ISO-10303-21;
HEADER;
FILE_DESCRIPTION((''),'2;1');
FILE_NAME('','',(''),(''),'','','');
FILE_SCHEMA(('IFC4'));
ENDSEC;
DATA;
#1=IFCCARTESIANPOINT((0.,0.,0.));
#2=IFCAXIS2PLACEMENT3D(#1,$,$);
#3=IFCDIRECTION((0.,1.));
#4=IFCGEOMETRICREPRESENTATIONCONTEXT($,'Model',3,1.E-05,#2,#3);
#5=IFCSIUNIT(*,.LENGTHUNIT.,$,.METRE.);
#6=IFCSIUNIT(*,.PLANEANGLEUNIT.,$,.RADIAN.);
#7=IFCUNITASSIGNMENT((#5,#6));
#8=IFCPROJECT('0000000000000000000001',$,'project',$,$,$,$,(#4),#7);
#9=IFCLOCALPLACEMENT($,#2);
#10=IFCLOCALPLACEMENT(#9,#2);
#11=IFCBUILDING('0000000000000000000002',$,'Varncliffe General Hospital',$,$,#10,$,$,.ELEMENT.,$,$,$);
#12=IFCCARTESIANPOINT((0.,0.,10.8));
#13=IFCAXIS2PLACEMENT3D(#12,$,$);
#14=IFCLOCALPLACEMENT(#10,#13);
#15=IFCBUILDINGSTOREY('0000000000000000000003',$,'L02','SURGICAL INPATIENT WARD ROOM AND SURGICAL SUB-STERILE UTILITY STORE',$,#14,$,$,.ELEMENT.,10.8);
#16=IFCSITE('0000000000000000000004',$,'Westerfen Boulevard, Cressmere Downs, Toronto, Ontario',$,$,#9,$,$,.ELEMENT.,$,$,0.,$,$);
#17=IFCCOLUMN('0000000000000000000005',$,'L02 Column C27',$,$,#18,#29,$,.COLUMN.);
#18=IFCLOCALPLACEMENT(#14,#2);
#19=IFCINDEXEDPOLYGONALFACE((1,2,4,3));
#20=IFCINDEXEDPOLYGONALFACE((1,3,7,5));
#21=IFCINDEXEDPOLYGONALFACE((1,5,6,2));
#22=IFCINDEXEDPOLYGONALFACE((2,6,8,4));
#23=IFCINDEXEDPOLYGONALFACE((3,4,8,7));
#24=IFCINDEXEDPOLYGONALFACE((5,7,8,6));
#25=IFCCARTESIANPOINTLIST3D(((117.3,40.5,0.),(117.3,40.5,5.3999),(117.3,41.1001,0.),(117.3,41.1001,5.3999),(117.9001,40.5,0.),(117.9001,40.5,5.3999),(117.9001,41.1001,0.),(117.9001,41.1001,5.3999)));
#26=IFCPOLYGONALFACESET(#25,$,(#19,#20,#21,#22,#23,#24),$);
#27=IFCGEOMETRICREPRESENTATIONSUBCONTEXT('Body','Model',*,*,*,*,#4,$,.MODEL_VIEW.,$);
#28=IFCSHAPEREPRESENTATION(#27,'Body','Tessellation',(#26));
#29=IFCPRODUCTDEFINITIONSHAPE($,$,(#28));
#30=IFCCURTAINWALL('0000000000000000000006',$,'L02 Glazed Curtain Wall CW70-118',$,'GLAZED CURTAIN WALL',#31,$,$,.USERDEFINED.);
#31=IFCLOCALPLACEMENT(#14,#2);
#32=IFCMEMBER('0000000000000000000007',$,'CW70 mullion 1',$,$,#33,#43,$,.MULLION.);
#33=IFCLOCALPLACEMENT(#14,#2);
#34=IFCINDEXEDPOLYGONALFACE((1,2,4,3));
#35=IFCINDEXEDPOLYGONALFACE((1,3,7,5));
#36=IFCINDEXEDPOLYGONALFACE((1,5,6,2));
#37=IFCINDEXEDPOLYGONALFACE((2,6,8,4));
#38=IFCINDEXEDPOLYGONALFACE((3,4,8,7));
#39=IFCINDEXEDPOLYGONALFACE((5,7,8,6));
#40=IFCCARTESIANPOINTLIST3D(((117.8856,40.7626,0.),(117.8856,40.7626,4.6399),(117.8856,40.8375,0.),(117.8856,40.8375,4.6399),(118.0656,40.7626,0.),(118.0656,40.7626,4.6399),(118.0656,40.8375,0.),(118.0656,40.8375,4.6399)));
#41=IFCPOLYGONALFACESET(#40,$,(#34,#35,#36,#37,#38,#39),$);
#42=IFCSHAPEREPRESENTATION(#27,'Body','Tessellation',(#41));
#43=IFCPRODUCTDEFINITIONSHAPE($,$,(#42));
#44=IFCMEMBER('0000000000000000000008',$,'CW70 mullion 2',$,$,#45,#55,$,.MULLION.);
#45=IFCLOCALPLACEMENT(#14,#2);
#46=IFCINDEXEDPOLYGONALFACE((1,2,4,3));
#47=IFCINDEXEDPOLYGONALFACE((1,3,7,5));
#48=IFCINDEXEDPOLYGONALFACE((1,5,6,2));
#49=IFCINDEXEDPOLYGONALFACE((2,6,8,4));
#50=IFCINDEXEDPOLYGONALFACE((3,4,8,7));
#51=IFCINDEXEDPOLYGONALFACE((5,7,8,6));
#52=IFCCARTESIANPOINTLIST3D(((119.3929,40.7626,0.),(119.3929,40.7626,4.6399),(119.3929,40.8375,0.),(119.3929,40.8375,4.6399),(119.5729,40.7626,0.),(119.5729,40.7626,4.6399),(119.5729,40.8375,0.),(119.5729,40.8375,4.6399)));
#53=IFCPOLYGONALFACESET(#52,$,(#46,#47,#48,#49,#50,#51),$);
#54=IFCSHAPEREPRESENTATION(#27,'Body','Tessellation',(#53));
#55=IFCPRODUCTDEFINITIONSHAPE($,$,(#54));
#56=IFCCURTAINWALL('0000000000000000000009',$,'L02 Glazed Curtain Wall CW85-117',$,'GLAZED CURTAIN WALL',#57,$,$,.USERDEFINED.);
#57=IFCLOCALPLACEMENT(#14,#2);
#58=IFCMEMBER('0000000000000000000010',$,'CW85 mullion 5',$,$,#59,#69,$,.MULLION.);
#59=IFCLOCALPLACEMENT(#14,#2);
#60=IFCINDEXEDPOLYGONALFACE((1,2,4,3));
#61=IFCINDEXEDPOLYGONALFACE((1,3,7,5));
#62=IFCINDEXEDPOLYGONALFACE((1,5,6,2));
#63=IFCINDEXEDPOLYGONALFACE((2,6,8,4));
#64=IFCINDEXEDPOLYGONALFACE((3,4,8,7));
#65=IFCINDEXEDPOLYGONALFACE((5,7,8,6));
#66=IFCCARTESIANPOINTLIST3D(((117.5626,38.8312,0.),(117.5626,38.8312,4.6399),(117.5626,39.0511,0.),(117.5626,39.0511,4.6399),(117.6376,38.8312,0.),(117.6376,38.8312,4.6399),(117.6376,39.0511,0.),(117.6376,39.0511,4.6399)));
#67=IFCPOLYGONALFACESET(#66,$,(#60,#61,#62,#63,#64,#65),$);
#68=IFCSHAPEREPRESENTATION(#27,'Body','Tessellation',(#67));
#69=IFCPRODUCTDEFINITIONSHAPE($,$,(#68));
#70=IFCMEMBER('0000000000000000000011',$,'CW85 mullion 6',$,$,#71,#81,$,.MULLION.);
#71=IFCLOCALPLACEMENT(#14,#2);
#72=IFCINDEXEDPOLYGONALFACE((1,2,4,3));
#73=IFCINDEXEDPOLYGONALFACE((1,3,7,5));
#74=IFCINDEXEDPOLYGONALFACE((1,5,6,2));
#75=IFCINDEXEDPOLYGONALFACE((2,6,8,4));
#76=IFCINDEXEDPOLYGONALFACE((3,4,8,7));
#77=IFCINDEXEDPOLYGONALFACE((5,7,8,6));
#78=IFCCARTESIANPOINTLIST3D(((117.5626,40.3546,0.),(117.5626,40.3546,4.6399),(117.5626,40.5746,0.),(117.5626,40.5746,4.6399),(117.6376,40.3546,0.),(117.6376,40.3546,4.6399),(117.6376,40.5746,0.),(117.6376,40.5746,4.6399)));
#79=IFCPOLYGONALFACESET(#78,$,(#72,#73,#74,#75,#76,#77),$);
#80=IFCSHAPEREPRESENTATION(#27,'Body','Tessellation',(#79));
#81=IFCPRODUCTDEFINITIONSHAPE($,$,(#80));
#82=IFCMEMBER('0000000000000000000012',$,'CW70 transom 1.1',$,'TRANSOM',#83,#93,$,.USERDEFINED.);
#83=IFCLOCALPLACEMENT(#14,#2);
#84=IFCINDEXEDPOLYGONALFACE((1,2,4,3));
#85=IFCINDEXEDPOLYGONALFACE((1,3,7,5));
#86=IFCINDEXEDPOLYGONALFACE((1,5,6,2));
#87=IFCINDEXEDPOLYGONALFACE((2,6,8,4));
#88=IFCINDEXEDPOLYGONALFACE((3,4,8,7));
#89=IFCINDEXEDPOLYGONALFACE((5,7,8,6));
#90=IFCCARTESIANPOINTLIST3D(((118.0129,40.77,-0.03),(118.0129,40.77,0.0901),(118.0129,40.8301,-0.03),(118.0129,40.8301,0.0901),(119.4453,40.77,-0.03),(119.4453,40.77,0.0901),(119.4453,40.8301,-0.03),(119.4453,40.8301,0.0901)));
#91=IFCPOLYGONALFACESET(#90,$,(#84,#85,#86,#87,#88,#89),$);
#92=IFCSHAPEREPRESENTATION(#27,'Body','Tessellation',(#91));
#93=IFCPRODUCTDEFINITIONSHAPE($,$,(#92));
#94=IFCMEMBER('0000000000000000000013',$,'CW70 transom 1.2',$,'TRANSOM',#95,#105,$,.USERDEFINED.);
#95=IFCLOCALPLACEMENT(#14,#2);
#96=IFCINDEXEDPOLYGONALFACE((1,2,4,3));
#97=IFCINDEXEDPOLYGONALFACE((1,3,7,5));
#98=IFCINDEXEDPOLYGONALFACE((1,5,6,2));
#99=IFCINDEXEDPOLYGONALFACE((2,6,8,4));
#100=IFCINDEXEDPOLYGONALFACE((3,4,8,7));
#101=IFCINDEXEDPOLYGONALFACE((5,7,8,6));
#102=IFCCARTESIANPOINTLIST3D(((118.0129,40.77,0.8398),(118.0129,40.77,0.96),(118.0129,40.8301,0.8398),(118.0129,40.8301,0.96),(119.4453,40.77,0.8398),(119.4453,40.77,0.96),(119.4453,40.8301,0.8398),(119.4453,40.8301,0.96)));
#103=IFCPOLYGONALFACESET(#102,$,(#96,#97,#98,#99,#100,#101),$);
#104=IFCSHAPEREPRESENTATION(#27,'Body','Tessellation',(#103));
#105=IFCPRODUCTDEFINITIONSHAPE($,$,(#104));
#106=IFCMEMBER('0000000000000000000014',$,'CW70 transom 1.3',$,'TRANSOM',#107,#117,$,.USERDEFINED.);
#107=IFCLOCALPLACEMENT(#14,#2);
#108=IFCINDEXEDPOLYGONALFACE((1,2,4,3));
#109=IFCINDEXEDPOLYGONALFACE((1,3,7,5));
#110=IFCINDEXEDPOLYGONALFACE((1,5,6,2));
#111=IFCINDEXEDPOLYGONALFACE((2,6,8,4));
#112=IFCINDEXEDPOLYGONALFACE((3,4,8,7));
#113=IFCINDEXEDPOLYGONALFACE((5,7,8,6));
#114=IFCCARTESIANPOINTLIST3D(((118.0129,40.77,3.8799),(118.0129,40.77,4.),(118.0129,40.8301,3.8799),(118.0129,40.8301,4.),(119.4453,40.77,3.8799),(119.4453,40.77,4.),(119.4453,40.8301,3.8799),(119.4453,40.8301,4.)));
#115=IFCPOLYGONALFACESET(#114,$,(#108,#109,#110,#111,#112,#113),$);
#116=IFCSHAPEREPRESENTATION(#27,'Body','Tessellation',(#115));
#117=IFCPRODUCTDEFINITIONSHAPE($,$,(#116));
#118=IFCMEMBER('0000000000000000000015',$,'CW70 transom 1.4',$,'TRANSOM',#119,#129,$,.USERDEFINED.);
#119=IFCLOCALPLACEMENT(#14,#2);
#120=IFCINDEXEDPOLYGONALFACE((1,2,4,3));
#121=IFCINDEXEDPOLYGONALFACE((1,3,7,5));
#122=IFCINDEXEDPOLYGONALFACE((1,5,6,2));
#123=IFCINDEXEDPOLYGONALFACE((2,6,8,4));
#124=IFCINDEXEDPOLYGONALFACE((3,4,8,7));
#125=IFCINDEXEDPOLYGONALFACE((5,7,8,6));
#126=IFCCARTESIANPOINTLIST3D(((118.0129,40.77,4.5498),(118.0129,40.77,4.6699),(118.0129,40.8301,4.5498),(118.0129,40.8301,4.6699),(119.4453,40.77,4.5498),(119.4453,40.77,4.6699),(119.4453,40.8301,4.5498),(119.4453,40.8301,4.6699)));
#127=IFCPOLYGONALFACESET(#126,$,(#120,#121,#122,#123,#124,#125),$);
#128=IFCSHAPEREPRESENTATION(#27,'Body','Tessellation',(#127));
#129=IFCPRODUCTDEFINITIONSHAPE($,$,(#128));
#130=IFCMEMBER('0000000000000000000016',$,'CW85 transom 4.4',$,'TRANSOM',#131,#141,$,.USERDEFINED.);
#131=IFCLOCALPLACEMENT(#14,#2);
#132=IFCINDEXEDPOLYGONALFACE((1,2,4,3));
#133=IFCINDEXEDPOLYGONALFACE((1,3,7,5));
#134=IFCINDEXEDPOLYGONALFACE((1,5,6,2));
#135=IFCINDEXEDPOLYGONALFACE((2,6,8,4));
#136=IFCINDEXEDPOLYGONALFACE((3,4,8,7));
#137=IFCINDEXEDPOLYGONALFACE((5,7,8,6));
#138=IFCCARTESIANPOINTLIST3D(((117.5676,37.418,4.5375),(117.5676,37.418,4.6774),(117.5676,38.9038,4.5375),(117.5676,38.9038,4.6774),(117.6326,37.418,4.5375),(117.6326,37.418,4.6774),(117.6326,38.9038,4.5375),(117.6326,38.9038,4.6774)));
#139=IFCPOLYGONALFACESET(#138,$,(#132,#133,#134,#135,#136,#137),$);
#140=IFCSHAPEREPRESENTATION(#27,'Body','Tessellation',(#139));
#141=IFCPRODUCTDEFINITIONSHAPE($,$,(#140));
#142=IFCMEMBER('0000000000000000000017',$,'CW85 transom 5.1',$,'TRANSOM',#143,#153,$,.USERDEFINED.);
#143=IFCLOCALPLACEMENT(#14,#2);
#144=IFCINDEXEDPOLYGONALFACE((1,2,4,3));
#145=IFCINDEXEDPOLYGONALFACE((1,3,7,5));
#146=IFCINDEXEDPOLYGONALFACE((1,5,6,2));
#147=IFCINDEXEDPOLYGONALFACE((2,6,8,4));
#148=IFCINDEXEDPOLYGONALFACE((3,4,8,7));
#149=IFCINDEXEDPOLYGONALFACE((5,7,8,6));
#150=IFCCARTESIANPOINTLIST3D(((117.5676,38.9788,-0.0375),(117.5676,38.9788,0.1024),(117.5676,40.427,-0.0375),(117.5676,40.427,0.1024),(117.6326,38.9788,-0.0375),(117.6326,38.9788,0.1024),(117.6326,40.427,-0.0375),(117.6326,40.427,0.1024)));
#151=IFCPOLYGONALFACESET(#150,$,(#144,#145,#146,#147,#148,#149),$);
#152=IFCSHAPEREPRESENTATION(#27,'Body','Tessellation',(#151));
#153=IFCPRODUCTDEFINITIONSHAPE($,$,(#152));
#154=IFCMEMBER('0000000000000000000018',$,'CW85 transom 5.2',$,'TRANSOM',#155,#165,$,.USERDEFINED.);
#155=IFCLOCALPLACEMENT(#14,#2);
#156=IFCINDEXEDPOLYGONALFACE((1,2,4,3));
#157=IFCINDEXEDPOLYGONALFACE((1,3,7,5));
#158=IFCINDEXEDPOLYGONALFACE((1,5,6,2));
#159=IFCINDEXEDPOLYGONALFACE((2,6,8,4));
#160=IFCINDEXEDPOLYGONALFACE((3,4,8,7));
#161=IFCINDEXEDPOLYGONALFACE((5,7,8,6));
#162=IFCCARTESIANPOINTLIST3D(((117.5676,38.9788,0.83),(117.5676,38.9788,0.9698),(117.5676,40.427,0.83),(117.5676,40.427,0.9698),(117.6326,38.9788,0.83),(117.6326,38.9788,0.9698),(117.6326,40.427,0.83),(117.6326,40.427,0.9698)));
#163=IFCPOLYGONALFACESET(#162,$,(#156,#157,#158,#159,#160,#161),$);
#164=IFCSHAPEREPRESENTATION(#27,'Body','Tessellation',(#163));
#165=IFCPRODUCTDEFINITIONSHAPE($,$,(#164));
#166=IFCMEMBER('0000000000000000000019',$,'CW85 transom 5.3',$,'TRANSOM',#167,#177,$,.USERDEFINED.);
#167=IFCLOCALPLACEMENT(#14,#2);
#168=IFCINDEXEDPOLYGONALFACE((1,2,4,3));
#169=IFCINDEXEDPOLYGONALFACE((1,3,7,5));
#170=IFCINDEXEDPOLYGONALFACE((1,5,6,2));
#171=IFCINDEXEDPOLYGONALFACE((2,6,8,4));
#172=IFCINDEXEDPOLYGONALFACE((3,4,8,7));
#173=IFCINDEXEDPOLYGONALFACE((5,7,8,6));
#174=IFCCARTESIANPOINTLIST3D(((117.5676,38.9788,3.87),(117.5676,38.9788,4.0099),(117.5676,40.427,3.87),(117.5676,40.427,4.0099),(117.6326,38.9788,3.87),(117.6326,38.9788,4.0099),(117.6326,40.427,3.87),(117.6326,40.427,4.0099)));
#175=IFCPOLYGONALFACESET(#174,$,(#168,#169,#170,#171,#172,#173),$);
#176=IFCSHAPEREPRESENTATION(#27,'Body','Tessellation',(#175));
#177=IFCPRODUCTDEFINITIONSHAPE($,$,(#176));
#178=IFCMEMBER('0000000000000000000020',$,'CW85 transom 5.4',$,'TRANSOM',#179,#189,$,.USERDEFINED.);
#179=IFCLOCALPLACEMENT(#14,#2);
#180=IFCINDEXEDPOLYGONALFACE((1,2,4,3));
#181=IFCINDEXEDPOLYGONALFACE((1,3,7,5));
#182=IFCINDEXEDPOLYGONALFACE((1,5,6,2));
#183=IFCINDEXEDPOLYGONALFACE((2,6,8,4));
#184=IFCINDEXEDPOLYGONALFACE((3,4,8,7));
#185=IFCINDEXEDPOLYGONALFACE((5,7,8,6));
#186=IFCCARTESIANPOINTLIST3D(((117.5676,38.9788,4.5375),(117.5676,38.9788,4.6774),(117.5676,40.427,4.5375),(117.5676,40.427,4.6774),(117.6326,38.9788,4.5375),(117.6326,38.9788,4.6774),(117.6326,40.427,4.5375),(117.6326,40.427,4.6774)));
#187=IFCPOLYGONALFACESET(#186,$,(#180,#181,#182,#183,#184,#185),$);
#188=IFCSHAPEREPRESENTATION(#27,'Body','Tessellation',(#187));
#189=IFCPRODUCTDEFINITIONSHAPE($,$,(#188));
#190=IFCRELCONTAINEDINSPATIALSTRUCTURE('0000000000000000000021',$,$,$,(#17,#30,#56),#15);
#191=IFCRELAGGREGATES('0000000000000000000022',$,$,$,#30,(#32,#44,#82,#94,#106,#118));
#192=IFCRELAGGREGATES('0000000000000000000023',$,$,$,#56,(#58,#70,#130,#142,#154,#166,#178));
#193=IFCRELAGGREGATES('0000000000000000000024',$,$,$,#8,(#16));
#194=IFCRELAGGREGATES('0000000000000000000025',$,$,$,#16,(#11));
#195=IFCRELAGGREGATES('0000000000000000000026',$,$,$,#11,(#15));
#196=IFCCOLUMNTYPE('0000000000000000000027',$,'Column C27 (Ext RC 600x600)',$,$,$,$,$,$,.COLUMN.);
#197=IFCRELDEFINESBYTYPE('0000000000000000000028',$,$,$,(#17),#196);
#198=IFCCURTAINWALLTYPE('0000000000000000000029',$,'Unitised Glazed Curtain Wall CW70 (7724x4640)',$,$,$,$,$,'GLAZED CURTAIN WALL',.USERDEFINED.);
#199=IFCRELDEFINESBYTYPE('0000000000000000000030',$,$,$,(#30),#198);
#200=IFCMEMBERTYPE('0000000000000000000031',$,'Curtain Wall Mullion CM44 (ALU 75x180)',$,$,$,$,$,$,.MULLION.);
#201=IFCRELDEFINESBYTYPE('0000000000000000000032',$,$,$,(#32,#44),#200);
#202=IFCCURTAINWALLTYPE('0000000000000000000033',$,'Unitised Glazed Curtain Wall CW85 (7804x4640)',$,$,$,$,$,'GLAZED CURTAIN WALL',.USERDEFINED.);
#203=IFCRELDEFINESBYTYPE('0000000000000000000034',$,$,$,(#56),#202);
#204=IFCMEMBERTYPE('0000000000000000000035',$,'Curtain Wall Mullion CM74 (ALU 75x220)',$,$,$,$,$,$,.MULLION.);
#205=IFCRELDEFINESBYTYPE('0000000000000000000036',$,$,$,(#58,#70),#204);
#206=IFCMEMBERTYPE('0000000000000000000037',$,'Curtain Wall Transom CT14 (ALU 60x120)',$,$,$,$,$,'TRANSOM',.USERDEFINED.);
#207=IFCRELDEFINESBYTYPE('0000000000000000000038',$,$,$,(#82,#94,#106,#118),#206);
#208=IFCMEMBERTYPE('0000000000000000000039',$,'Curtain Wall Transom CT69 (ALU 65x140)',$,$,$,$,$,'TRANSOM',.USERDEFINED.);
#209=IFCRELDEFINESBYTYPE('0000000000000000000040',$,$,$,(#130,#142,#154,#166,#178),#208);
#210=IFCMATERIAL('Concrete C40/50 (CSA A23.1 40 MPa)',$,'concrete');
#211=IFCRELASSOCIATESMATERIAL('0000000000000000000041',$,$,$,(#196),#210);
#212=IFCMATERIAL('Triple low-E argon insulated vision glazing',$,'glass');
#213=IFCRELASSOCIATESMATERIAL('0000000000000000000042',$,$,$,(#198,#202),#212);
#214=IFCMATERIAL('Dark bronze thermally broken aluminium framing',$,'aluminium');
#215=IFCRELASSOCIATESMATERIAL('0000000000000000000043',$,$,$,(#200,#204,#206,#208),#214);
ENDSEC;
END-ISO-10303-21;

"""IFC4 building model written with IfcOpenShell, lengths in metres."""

from ifc_helpers import new_model, si_unit, direction, frame, origin, origin_2d, place, context, subcontext, project, spatial, rectangle, extrude, material, material_profile, profile_set, type_object, element, aggregate, save


model = new_model("IFC4")

# Units and contexts
model_context = context("Model", 3, precision=1e-05, world=origin(), true_north=direction((0.0, 1.0)))
body_context = subcontext(model_context, "Body", "Model", "MODEL_VIEW")
ifc_project = project(units=[si_unit("LENGTHUNIT", "METRE"), si_unit("PLANEANGLEUNIT", "RADIAN")], contexts=[model_context])

# Site, building, storey
site_placement = place(None, origin())
site = spatial("IfcSite", under=ifc_project, at=site_placement, Name="Westerfen Boulevard, Cressmere Downs, Toronto, Ontario", CompositionType="ELEMENT", RefElevation=0.0)
building_placement = place(site_placement, origin())
building = spatial("IfcBuilding", under=site, at=building_placement, Name="Varncliffe General Hospital", CompositionType="ELEMENT")
storey_placement = place(building_placement, frame((0.0, 0.0, 10.8)))
storey = spatial("IfcBuildingStorey", under=building, at=storey_placement, Name="L02", Description="SURGICAL INPATIENT WARD ROOM AND SURGICAL SUB-STERILE UTILITY STORE", CompositionType="ELEMENT", Elevation=10.8)

# Column
ifc_material_1 = material(Name="Concrete C40/50 (CSA A23.1 40 MPa)", Category="concrete")
ifc_material_profile_1 = material_profile(ifc_material_1, rectangle(XDim=0.6001, YDim=0.6001, at=origin_2d()), Name="RC 600x600")
ifc_profile_set_1 = profile_set([ifc_material_profile_1], Name="Concrete C40/50 (CSA A23.1 40 MPa)")
column_type = type_object("IfcColumnType", Name="Column C27 (Ext RC 600x600)", PredefinedType="COLUMN", material=ifc_profile_set_1)
column_placement = place(storey_placement, frame((117.6001, 40.8, 0.0), z_axis=(0.0, 0.0, 1.0), x_axis=(1.0, 0.0, 0.0)))
element("IfcColumn", 1, at=column_placement, inside=storey, type_object=column_type, Name="L02 Column C27", PredefinedType="COLUMN", context=body_context, shape_type="SweptSolid", body=[
    extrude(rectangle(XDim=0.6001, YDim=0.6001, at=origin_2d()), origin(), (0.0, 0.0, 1.0), 5.3999),
])

# Curtain walls, members
ifc_material_2 = material(Name="Triple low-E argon insulated vision glazing", Category="glass")
curtain_wall_type_1 = type_object("IfcCurtainWallType", Name="Unitised Glazed Curtain Wall CW70 (7724x4640)", ElementType="GLAZED CURTAIN WALL", PredefinedType="USERDEFINED", material=ifc_material_2)
curtain_wall_1_placement = place(storey_placement, origin())
curtain_wall_1 = element("IfcCurtainWall", 2, at=curtain_wall_1_placement, inside=storey, type_object=curtain_wall_type_1, Name="L02 Glazed Curtain Wall CW70-118", ObjectType="GLAZED CURTAIN WALL", PredefinedType="USERDEFINED")
ifc_material_3 = material(Name="Dark bronze thermally broken aluminium framing", Category="aluminium")
ifc_material_profile_2 = material_profile(ifc_material_3, rectangle(XDim=0.075, YDim=0.1799, at=origin_2d()), Name="ALU 75x180")
ifc_profile_set_2 = profile_set([ifc_material_profile_2], Name="Dark bronze thermally broken aluminium framing")
member_type_1 = type_object("IfcMemberType", Name="Curtain Wall Mullion CM44 (ALU 75x180)", PredefinedType="MULLION", material=ifc_profile_set_2)
member_1_placement = place(storey_placement, frame((117.9756, 40.8, 0.0), z_axis=(0.0, 0.0, 1.0), x_axis=(0.0, 1.0, 0.0)))
member_1 = element("IfcMember", 3, at=member_1_placement, type_object=member_type_1, Name="CW70 mullion 1", PredefinedType="MULLION", context=body_context, shape_type="SweptSolid", body=[
    extrude(rectangle(XDim=0.075, YDim=0.1799, at=origin_2d()), origin(), (0.0, 0.0, 1.0), 4.6399),
])
member_2_placement = place(storey_placement, frame((119.4829, 40.8, 0.0), z_axis=(0.0, 0.0, 1.0), x_axis=(0.0, 1.0, 0.0)))
member_2 = element("IfcMember", 4, at=member_2_placement, type_object=member_type_1, Name="CW70 mullion 2", PredefinedType="MULLION", context=body_context, shape_type="SweptSolid", body=[
    extrude(rectangle(XDim=0.075, YDim=0.1799, at=origin_2d()), origin(), (0.0, 0.0, 1.0), 4.6399),
])
curtain_wall_type_2 = type_object("IfcCurtainWallType", Name="Unitised Glazed Curtain Wall CW85 (7804x4640)", ElementType="GLAZED CURTAIN WALL", PredefinedType="USERDEFINED", material=ifc_material_2)
curtain_wall_2_placement = place(storey_placement, origin())
curtain_wall_2 = element("IfcCurtainWall", 5, at=curtain_wall_2_placement, inside=storey, type_object=curtain_wall_type_2, Name="L02 Glazed Curtain Wall CW85-117", ObjectType="GLAZED CURTAIN WALL", PredefinedType="USERDEFINED")
ifc_material_profile_3 = material_profile(ifc_material_3, rectangle(XDim=0.075, YDim=0.22, at=origin_2d()), Name="ALU 75x220")
ifc_profile_set_3 = profile_set([ifc_material_profile_3], Name="Dark bronze thermally broken aluminium framing")
member_type_2 = type_object("IfcMemberType", Name="Curtain Wall Mullion CM74 (ALU 75x220)", PredefinedType="MULLION", material=ifc_profile_set_3)
member_3_placement = place(storey_placement, frame((117.6001, 38.9412, 0.0), z_axis=(0.0, 0.0, 1.0), x_axis=(-1.0, 0.0, 0.0)))
member_3 = element("IfcMember", 6, at=member_3_placement, type_object=member_type_2, Name="CW85 mullion 5", PredefinedType="MULLION", context=body_context, shape_type="SweptSolid", body=[
    extrude(rectangle(XDim=0.075, YDim=0.22, at=origin_2d()), origin(), (0.0, 0.0, 1.0), 4.6399),
])
member_4_placement = place(storey_placement, frame((117.6001, 40.4646, 0.0), z_axis=(0.0, 0.0, 1.0), x_axis=(-1.0, 0.0, 0.0)))
member_4 = element("IfcMember", 7, at=member_4_placement, type_object=member_type_2, Name="CW85 mullion 6", PredefinedType="MULLION", context=body_context, shape_type="SweptSolid", body=[
    extrude(rectangle(XDim=0.075, YDim=0.22, at=origin_2d()), origin(), (0.0, 0.0, 1.0), 4.6399),
])

# Members
ifc_material_profile_4 = material_profile(ifc_material_3, rectangle(XDim=0.0601, YDim=0.1201, at=origin_2d()), Name="ALU 60x120")
ifc_profile_set_4 = profile_set([ifc_material_profile_4], Name="Dark bronze thermally broken aluminium framing")
member_type_3 = type_object("IfcMemberType", Name="Curtain Wall Transom CT14 (ALU 60x120)", ElementType="TRANSOM", PredefinedType="USERDEFINED", material=ifc_profile_set_4)
member_5_placement = place(storey_placement, frame((118.0129, 40.8, 0.03), z_axis=(1.0, 0.0, 0.0), x_axis=(0.0, 1.0, 0.0)))
member_5 = element("IfcMember", 8, at=member_5_placement, type_object=member_type_3, Name="CW70 transom 1.1", ObjectType="TRANSOM", PredefinedType="USERDEFINED", context=body_context, shape_type="SweptSolid", body=[
    extrude(rectangle(XDim=0.0601, YDim=0.1201, at=origin_2d()), origin(), (0.0, 0.0, 1.0), 1.4324),
])
member_6_placement = place(storey_placement, frame((118.0129, 40.8, 0.8999), z_axis=(1.0, 0.0, 0.0), x_axis=(0.0, 1.0, 0.0)))
member_6 = element("IfcMember", 9, at=member_6_placement, type_object=member_type_3, Name="CW70 transom 1.2", ObjectType="TRANSOM", PredefinedType="USERDEFINED", context=body_context, shape_type="SweptSolid", body=[
    extrude(rectangle(XDim=0.0601, YDim=0.1201, at=origin_2d()), origin(), (0.0, 0.0, 1.0), 1.4324),
])
member_7_placement = place(storey_placement, frame((118.0129, 40.8, 3.9399), z_axis=(1.0, 0.0, 0.0), x_axis=(0.0, 1.0, 0.0)))
member_7 = element("IfcMember", 10, at=member_7_placement, type_object=member_type_3, Name="CW70 transom 1.3", ObjectType="TRANSOM", PredefinedType="USERDEFINED", context=body_context, shape_type="SweptSolid", body=[
    extrude(rectangle(XDim=0.0601, YDim=0.1201, at=origin_2d()), origin(), (0.0, 0.0, 1.0), 1.4324),
])
member_8_placement = place(storey_placement, frame((118.0129, 40.8, 4.6099), z_axis=(1.0, 0.0, 0.0), x_axis=(0.0, 1.0, 0.0)))
member_8 = element("IfcMember", 11, at=member_8_placement, type_object=member_type_3, Name="CW70 transom 1.4", ObjectType="TRANSOM", PredefinedType="USERDEFINED", context=body_context, shape_type="SweptSolid", body=[
    extrude(rectangle(XDim=0.0601, YDim=0.1201, at=origin_2d()), origin(), (0.0, 0.0, 1.0), 1.4324),
])
ifc_material_profile_5 = material_profile(ifc_material_3, rectangle(XDim=0.0649, YDim=0.1399, at=origin_2d()), Name="ALU 65x140")
ifc_profile_set_5 = profile_set([ifc_material_profile_5], Name="Dark bronze thermally broken aluminium framing")
member_type_4 = type_object("IfcMemberType", Name="Curtain Wall Transom CT69 (ALU 65x140)", ElementType="TRANSOM", PredefinedType="USERDEFINED", material=ifc_profile_set_5)
member_9_placement = place(storey_placement, frame((117.6001, 37.418, 4.6074), z_axis=(0.0, 1.0, 0.0), x_axis=(-1.0, 0.0, 0.0)))
member_9 = element("IfcMember", 12, at=member_9_placement, type_object=member_type_4, Name="CW85 transom 4.4", ObjectType="TRANSOM", PredefinedType="USERDEFINED", context=body_context, shape_type="SweptSolid", body=[
    extrude(rectangle(XDim=0.0649, YDim=0.1399, at=origin_2d()), origin(), (0.0, 0.0, 1.0), 1.4858),
])
member_10_placement = place(storey_placement, frame((117.6001, 38.9788, 0.0325), z_axis=(0.0, 1.0, 0.0), x_axis=(-1.0, 0.0, 0.0)))
member_10 = element("IfcMember", 13, at=member_10_placement, type_object=member_type_4, Name="CW85 transom 5.1", ObjectType="TRANSOM", PredefinedType="USERDEFINED", context=body_context, shape_type="SweptSolid", body=[
    extrude(rectangle(XDim=0.0649, YDim=0.1399, at=origin_2d()), origin(), (0.0, 0.0, 1.0), 1.4482),
])
member_11_placement = place(storey_placement, frame((117.6001, 38.9788, 0.8999), z_axis=(0.0, 1.0, 0.0), x_axis=(-1.0, 0.0, 0.0)))
member_11 = element("IfcMember", 14, at=member_11_placement, type_object=member_type_4, Name="CW85 transom 5.2", ObjectType="TRANSOM", PredefinedType="USERDEFINED", context=body_context, shape_type="SweptSolid", body=[
    extrude(rectangle(XDim=0.0649, YDim=0.1399, at=origin_2d()), origin(), (0.0, 0.0, 1.0), 1.4482),
])
member_12_placement = place(storey_placement, frame((117.6001, 38.9788, 3.9399), z_axis=(0.0, 1.0, 0.0), x_axis=(-1.0, 0.0, 0.0)))
member_12 = element("IfcMember", 15, at=member_12_placement, type_object=member_type_4, Name="CW85 transom 5.3", ObjectType="TRANSOM", PredefinedType="USERDEFINED", context=body_context, shape_type="SweptSolid", body=[
    extrude(rectangle(XDim=0.0649, YDim=0.1399, at=origin_2d()), origin(), (0.0, 0.0, 1.0), 1.4482),
])
member_13_placement = place(storey_placement, frame((117.6001, 38.9788, 4.6074), z_axis=(0.0, 1.0, 0.0), x_axis=(-1.0, 0.0, 0.0)))
member_13 = element("IfcMember", 16, at=member_13_placement, type_object=member_type_4, Name="CW85 transom 5.4", ObjectType="TRANSOM", PredefinedType="USERDEFINED", context=body_context, shape_type="SweptSolid", body=[
    extrude(rectangle(XDim=0.0649, YDim=0.1399, at=origin_2d()), origin(), (0.0, 0.0, 1.0), 1.4482),
])

aggregate(curtain_wall_1, [member_1, member_2, member_5, member_6, member_7, member_8])
aggregate(curtain_wall_2, [member_3, member_4, member_9, member_10, member_11, member_12, member_13])

save(model, "model.ifc")
